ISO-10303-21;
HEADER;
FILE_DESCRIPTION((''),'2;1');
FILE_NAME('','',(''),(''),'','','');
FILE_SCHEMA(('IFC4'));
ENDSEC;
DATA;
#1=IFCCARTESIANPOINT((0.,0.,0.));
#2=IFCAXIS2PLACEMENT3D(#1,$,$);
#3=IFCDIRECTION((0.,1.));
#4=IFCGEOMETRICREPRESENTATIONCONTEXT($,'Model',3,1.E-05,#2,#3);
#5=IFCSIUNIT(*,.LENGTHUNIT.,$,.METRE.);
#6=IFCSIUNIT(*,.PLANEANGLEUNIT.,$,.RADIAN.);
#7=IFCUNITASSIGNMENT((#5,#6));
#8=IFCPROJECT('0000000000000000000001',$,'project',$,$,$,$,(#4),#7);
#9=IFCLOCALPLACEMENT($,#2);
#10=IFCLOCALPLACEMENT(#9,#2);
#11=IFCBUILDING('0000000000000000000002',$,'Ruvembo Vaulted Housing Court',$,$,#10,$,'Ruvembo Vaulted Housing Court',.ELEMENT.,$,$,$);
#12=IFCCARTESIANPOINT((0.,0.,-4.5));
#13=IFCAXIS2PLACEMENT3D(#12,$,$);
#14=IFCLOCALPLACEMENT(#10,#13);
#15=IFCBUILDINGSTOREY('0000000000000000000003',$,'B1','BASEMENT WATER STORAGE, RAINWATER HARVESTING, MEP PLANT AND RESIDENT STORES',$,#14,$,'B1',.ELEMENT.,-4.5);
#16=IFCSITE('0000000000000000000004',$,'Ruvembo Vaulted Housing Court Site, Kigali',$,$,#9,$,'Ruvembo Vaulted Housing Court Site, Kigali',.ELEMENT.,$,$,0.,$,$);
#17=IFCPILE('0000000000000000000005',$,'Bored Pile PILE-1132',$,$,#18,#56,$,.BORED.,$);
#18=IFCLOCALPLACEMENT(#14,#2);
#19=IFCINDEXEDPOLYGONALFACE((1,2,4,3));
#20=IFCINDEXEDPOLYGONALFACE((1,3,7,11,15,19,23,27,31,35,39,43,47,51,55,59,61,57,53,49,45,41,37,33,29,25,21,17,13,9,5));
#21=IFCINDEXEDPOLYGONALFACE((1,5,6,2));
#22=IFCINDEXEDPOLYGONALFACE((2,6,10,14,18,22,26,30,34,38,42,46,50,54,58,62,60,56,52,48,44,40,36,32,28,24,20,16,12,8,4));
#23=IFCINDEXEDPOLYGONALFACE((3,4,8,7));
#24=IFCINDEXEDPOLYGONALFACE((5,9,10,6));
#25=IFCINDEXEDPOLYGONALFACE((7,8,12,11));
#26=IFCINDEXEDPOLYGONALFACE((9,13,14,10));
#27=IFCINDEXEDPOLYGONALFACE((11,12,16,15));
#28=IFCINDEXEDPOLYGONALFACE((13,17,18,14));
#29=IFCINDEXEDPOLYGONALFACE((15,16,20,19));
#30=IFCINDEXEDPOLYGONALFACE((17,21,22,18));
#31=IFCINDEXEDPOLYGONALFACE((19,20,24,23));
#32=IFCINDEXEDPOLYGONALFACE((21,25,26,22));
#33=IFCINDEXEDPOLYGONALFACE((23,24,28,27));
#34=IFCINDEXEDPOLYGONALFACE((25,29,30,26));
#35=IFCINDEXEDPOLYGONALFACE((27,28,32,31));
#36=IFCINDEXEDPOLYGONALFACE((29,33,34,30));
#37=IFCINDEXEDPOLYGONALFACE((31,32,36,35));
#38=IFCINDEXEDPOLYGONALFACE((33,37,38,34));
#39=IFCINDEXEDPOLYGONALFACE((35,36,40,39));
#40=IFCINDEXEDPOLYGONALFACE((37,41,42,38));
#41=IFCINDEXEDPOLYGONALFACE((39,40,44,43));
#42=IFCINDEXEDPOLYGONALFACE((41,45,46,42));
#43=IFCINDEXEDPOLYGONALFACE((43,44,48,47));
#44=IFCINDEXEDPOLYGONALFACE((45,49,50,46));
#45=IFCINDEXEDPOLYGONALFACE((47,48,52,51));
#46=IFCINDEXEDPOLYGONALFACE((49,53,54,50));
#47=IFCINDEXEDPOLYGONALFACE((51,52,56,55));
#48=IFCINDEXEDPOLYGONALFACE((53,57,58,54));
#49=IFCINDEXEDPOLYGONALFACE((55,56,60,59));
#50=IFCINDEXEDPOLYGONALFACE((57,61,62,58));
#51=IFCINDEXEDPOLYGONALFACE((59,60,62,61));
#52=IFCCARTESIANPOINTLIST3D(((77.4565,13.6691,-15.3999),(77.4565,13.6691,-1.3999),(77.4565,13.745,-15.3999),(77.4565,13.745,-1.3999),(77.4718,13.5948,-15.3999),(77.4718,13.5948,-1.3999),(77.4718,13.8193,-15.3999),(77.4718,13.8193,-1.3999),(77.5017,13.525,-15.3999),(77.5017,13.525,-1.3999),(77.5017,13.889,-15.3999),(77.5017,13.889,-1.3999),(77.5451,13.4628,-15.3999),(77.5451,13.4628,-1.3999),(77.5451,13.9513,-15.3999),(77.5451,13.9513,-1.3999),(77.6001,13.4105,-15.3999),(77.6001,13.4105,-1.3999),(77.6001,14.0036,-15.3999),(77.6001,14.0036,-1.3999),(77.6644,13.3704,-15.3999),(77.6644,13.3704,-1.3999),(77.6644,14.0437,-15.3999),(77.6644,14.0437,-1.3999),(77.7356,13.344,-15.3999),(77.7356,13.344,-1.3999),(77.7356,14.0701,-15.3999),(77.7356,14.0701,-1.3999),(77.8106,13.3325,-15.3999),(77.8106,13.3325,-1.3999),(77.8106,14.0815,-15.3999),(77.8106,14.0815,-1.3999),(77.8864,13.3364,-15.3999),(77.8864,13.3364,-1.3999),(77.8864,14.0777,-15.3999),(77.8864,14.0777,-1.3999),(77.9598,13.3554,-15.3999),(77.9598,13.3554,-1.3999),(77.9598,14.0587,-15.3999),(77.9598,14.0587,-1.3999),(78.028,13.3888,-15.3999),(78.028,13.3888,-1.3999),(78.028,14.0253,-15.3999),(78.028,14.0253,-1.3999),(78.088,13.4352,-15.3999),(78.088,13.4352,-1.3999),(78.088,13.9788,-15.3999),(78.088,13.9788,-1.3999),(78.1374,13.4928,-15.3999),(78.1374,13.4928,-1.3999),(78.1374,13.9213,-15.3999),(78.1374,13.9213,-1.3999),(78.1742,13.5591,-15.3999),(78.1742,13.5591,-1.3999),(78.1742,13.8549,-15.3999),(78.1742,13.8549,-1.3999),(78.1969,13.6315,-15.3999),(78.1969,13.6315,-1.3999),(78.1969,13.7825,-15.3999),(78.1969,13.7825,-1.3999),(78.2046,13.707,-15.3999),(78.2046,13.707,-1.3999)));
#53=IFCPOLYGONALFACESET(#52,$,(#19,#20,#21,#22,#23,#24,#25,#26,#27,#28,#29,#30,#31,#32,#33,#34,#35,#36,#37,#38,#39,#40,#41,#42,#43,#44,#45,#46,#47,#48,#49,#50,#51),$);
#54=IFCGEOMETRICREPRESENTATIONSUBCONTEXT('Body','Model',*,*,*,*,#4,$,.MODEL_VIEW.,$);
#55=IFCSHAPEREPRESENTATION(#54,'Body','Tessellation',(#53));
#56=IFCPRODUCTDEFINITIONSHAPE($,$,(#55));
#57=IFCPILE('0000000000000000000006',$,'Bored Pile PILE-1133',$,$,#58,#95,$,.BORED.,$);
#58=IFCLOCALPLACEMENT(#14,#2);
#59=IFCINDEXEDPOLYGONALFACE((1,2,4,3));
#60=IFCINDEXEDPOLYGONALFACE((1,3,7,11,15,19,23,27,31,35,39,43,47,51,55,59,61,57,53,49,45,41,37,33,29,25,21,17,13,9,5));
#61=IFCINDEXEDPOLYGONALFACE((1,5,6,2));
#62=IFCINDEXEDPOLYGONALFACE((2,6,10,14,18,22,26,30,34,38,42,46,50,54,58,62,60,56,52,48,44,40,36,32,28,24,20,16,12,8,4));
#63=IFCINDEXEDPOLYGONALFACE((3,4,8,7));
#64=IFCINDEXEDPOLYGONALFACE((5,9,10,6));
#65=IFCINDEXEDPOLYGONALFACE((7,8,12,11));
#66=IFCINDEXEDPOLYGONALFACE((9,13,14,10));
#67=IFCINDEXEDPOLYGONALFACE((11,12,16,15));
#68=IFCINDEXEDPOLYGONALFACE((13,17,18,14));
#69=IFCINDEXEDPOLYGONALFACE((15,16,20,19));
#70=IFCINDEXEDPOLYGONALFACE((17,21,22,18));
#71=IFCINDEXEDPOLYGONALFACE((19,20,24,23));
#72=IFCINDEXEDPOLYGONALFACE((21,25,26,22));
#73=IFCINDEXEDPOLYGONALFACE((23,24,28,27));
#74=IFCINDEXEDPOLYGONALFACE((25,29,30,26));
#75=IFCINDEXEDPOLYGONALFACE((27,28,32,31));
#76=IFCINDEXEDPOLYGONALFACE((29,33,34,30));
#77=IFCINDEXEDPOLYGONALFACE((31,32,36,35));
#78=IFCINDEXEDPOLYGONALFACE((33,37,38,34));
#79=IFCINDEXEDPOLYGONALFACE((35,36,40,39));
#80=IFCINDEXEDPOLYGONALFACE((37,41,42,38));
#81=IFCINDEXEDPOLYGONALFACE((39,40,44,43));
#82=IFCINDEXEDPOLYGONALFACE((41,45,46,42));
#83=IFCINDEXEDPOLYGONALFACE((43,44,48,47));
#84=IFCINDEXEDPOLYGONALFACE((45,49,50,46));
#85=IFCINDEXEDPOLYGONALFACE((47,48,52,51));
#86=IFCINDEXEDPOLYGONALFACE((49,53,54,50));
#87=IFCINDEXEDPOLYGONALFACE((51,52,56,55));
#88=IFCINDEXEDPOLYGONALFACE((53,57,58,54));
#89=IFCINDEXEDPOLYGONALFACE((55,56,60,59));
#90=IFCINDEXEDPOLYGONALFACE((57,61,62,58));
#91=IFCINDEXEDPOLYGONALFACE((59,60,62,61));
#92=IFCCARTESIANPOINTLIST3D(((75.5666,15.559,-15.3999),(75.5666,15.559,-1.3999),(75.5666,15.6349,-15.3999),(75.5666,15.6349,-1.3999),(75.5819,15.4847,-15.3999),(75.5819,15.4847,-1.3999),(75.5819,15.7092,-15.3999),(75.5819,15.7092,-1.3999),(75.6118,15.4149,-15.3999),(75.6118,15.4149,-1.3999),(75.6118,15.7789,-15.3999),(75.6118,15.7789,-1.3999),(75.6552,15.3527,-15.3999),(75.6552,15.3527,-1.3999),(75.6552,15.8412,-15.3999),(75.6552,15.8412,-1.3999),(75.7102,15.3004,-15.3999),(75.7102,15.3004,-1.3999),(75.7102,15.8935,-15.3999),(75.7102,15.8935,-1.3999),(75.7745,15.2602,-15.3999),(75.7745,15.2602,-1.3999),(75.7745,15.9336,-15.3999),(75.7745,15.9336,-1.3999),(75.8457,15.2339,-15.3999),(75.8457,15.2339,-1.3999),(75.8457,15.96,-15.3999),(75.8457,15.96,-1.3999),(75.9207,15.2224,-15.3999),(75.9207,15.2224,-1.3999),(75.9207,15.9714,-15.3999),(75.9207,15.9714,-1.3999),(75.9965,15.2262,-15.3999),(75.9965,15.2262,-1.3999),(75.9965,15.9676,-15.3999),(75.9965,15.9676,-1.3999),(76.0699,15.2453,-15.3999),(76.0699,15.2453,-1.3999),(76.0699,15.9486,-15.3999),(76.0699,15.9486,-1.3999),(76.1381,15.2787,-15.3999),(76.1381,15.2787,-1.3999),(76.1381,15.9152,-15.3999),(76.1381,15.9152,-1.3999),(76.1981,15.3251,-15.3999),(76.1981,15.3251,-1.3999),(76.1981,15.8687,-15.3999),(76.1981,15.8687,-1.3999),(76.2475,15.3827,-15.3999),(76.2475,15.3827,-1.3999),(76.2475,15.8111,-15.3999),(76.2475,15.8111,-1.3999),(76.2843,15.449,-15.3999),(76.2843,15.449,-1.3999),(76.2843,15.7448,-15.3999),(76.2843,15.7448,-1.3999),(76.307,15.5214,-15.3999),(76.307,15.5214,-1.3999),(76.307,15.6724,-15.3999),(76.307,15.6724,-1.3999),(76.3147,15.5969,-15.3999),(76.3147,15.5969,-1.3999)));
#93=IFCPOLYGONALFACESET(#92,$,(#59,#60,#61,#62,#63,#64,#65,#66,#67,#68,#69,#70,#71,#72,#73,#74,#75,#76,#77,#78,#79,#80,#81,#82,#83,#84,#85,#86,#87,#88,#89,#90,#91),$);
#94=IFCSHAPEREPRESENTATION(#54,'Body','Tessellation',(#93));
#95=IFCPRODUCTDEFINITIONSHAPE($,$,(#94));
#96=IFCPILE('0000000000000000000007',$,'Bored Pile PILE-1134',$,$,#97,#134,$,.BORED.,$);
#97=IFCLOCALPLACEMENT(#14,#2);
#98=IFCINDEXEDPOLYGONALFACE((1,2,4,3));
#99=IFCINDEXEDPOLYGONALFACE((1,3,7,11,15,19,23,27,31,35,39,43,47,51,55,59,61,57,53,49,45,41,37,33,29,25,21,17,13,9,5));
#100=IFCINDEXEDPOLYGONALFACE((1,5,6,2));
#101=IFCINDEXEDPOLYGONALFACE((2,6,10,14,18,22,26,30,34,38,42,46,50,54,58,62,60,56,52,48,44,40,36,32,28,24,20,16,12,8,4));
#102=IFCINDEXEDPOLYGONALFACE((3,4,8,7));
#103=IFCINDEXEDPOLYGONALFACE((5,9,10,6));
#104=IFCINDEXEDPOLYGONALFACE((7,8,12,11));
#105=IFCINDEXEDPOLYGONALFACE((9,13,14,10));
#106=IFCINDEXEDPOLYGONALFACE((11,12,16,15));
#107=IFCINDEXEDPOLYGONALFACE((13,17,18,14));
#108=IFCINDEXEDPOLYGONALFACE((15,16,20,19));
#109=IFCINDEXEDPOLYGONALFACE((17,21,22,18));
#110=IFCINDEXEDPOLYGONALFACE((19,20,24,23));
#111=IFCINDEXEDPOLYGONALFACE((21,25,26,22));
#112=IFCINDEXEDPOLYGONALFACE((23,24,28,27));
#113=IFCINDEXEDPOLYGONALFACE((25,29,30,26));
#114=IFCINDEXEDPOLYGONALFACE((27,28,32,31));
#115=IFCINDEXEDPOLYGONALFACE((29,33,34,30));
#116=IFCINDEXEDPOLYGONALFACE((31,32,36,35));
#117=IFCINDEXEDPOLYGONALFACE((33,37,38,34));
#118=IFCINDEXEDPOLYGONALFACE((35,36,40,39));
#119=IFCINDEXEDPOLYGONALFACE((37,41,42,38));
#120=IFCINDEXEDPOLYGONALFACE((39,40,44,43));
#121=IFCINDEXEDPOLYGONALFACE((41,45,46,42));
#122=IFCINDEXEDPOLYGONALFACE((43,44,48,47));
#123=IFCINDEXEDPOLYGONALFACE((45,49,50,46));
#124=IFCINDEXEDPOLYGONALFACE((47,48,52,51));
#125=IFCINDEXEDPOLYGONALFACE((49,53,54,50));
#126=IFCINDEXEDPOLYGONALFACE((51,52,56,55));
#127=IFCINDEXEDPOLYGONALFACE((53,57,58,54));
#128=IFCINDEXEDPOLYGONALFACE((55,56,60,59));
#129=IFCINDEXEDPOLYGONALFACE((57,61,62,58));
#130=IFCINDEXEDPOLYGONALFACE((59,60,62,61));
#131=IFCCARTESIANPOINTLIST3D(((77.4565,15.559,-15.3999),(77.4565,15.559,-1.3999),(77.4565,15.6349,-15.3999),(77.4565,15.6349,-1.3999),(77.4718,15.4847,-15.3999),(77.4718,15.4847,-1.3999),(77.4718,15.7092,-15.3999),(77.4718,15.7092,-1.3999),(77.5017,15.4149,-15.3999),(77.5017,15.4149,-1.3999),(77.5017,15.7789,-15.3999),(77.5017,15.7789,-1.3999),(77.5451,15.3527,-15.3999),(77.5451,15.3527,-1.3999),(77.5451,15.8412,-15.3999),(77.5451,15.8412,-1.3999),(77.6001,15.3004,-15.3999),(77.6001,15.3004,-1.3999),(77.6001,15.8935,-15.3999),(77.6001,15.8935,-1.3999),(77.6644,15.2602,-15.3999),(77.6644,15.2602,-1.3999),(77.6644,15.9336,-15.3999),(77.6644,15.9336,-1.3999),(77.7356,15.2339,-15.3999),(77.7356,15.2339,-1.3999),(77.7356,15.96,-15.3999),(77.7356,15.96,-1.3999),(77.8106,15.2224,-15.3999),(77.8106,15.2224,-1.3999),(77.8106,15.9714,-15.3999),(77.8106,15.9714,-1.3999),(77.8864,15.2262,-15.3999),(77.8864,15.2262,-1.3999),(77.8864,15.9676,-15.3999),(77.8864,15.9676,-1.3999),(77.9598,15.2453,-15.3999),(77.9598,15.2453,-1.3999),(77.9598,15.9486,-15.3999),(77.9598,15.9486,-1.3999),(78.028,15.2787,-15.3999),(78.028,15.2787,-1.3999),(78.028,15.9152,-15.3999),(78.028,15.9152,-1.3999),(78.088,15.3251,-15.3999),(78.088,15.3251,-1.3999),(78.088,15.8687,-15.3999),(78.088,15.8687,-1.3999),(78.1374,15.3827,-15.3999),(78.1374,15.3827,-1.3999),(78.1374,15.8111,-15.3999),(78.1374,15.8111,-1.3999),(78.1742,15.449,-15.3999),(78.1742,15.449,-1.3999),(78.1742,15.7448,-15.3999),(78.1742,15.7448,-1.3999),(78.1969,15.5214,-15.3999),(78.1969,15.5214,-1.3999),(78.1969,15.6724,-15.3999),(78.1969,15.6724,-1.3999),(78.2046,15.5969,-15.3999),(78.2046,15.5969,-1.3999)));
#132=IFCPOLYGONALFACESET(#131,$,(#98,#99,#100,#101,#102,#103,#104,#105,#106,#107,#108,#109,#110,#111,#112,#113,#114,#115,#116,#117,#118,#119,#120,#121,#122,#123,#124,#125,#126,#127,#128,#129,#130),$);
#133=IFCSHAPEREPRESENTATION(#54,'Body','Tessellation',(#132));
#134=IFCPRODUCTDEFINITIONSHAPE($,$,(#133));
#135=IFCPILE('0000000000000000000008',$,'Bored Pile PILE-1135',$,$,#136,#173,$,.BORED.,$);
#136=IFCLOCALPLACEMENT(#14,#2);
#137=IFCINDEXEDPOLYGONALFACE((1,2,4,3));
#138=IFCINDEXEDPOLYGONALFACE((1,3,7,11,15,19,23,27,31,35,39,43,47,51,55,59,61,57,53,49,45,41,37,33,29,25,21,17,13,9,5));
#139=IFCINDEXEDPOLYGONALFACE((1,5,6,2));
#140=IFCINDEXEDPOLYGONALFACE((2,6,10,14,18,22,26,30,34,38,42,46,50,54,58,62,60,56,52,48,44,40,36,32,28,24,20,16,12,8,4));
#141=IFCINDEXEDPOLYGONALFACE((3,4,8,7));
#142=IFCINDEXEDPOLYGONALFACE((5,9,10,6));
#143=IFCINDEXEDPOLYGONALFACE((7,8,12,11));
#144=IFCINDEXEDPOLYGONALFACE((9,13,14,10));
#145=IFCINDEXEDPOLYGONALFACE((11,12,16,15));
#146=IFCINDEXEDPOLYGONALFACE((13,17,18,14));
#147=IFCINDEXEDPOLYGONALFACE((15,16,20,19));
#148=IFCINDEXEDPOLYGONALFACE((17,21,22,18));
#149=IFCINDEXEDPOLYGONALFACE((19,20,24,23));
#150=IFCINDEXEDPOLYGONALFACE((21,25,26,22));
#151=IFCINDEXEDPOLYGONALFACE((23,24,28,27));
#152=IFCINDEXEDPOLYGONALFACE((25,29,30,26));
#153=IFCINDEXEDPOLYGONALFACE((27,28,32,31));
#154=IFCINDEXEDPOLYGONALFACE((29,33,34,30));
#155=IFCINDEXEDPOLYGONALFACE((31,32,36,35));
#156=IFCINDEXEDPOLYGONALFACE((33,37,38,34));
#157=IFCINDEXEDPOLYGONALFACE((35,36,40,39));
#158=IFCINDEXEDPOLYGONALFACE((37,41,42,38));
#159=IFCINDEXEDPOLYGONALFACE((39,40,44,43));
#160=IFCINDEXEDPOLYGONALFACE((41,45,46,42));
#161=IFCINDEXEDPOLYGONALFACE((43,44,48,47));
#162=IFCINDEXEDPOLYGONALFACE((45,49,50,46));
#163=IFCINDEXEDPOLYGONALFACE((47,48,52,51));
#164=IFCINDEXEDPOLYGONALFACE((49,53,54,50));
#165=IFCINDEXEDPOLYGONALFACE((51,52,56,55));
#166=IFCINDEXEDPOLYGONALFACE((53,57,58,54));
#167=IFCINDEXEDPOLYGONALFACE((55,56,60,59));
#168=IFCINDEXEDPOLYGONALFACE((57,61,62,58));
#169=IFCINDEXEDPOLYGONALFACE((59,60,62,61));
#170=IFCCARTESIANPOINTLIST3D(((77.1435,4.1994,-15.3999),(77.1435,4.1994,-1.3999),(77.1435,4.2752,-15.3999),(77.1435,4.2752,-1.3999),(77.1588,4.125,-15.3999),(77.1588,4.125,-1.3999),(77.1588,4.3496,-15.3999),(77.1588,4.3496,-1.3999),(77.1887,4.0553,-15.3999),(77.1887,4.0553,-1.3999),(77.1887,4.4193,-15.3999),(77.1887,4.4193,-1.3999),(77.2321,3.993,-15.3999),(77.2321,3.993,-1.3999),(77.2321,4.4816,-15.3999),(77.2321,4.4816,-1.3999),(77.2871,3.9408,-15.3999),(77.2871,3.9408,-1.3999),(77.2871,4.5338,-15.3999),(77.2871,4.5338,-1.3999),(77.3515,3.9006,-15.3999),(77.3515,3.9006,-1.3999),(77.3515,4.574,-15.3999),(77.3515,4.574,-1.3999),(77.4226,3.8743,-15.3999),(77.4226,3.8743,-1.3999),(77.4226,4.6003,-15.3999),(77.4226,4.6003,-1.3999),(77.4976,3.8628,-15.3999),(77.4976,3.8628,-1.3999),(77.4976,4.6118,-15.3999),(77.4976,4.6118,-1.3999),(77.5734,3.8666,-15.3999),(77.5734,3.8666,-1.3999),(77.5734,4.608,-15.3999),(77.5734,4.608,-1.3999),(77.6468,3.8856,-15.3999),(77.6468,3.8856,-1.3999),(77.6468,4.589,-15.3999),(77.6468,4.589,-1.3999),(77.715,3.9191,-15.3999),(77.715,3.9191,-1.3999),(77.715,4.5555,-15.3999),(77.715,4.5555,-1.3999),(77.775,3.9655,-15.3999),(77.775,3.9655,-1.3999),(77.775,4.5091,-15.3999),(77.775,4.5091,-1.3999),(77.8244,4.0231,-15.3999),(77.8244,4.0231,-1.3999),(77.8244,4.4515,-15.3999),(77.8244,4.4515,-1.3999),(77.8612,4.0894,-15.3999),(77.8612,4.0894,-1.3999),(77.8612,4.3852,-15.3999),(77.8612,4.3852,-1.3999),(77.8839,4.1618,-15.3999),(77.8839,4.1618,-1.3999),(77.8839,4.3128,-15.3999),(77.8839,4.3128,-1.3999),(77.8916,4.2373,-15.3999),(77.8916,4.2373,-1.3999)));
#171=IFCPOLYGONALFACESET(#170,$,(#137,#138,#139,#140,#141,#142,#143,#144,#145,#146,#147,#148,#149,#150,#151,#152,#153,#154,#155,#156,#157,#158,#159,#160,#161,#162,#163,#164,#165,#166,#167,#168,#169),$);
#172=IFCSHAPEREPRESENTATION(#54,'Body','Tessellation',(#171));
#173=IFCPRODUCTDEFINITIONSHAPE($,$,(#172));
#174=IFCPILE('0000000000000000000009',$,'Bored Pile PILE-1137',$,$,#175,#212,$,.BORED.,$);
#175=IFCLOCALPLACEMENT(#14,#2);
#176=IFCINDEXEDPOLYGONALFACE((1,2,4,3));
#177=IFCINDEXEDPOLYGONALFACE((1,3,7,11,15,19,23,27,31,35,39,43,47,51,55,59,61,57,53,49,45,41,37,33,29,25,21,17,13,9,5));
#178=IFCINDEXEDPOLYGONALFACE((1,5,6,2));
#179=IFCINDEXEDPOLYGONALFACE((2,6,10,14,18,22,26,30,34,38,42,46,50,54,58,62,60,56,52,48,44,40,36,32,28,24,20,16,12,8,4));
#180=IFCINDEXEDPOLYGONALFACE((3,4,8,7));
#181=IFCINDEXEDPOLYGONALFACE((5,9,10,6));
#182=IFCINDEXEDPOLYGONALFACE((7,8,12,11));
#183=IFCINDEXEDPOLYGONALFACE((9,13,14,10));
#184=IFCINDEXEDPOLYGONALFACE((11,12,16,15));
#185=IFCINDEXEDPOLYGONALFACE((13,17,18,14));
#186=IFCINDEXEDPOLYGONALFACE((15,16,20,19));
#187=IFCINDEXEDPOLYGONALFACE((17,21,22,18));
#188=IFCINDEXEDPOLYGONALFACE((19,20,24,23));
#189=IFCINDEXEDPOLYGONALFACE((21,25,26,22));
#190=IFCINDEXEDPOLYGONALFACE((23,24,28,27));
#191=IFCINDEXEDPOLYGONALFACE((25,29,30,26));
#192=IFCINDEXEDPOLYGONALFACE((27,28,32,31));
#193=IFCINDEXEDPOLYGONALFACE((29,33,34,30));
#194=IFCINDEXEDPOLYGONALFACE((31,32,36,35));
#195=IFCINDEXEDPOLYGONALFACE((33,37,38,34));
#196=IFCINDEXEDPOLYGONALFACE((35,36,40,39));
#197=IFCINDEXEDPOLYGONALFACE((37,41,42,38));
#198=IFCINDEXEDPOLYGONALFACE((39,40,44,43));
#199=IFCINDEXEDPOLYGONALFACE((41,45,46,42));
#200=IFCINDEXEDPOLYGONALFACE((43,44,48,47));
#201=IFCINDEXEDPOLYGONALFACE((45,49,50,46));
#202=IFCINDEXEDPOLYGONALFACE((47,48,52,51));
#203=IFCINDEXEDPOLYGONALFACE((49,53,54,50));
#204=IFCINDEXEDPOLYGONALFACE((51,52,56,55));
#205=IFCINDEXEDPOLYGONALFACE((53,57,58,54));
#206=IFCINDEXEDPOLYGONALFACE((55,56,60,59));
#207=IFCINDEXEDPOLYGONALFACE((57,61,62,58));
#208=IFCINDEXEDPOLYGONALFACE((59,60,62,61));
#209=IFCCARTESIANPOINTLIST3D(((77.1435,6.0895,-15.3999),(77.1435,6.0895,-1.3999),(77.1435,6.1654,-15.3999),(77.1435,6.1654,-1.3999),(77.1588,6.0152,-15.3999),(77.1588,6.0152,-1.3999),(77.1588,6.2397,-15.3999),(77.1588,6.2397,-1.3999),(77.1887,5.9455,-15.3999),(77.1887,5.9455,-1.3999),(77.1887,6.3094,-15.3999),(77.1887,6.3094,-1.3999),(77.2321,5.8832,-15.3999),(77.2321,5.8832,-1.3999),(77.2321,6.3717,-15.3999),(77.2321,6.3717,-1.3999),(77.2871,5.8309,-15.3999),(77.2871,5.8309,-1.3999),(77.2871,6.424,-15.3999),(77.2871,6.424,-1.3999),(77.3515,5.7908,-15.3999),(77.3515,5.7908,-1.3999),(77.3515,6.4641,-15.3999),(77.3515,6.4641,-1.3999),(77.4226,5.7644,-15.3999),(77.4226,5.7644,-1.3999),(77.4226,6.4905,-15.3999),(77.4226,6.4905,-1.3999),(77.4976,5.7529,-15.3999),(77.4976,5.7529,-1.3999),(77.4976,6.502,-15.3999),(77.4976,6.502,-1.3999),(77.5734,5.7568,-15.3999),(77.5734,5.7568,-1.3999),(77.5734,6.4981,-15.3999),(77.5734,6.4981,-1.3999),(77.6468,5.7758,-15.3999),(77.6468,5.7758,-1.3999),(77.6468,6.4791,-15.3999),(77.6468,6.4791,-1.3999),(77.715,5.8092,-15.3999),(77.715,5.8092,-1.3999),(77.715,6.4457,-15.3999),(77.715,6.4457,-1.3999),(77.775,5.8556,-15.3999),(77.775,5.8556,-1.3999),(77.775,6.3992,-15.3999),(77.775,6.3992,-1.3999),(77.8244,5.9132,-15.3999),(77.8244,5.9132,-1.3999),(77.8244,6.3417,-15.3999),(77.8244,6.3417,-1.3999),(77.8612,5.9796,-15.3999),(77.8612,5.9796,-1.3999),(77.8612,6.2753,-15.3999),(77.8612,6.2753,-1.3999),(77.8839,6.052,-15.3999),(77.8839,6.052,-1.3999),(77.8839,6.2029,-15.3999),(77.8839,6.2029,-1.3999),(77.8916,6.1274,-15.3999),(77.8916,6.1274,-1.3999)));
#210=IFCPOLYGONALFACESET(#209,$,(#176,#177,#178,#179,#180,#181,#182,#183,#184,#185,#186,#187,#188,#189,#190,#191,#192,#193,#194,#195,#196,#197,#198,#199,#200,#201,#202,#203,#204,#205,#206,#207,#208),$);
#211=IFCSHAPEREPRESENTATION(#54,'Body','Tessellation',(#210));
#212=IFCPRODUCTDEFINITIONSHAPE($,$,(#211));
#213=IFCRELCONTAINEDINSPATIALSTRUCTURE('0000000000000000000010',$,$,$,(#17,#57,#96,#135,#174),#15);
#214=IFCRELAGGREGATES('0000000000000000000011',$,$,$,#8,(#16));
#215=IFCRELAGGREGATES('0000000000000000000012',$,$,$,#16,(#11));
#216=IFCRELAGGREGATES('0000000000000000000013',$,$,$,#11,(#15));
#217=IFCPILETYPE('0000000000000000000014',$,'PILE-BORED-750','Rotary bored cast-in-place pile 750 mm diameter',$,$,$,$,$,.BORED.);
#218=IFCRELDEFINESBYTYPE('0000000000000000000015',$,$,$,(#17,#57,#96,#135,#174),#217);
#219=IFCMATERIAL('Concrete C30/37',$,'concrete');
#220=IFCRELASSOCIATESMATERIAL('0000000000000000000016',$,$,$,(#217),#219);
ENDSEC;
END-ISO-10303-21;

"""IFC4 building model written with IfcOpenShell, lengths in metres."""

from ifc_helpers import new_model, si_unit, direction, frame, origin, origin_2d, place, context, subcontext, project, spatial, circle, extrude, material, material_profile, profile_set, type_object, element, save


model = new_model("IFC4")

# Units and contexts
model_context = context("Model", 3, precision=1e-05, world=origin(), true_north=direction((0.0, 1.0)))
body_context = subcontext(model_context, "Body", "Model", "MODEL_VIEW")
ifc_project = project(units=[si_unit("LENGTHUNIT", "METRE"), si_unit("PLANEANGLEUNIT", "RADIAN")], contexts=[model_context])

# Site, building, storey
site_placement = place(None, origin())
site = spatial("IfcSite", under=ifc_project, at=site_placement, Name="Ruvembo Vaulted Housing Court Site, Kigali", LongName="Ruvembo Vaulted Housing Court Site, Kigali", CompositionType="ELEMENT", RefElevation=0.0)
building_placement = place(site_placement, origin())
building = spatial("IfcBuilding", under=site, at=building_placement, Name="Ruvembo Vaulted Housing Court", LongName="Ruvembo Vaulted Housing Court", CompositionType="ELEMENT")
storey_placement = place(building_placement, frame((0.0, 0.0, -4.5)))
storey = spatial("IfcBuildingStorey", under=building, at=storey_placement, Name="B1", Description="BASEMENT WATER STORAGE, RAINWATER HARVESTING, MEP PLANT AND RESIDENT STORES", LongName="B1", CompositionType="ELEMENT", Elevation=-4.5)

# Piles
ifc_material_1 = material(Name="Concrete C30/37", Category="concrete")
ifc_material_profile_1 = material_profile(ifc_material_1, circle(Radius=0.375, at=origin_2d()), Name="PILE D750")
ifc_profile_set_1 = profile_set([ifc_material_profile_1], Name="Concrete C30/37")
pile_type = type_object("IfcPileType", Name="PILE-BORED-750", Description="Rotary bored cast-in-place pile 750 mm diameter", PredefinedType="BORED", material=ifc_profile_set_1)
for number, where, z_axis, x_axis, name in (
    (1, (77.8296, 13.707, -1.3999), (0.0, 0.0, -1.0), (1.0, 0.0, 0.0), "Bored Pile PILE-1132"),
    (2, (75.9397, 15.5969, -1.3999), (0.0, 0.0, -1.0), (1.0, 0.0, 0.0), "Bored Pile PILE-1133"),
    (3, (77.8296, 15.5969, -1.3999), (0.0, 0.0, -1.0), (1.0, 0.0, 0.0), "Bored Pile PILE-1134"),
    (4, (77.5166, 4.2373, -1.3999), (0.0, 0.0, -1.0), (1.0, 0.0, 0.0), "Bored Pile PILE-1135"),
    (5, (77.5166, 6.1274, -1.3999), (0.0, 0.0, -1.0), (1.0, 0.0, 0.0), "Bored Pile PILE-1137"),
):
    element("IfcPile", number, at=place(storey_placement, frame(where, z_axis=z_axis, x_axis=x_axis)), inside=storey, type_object=pile_type, Name=name, PredefinedType="BORED", context=body_context, shape_type="SweptSolid", body=[
        extrude(circle(Radius=0.375, at=origin_2d()), origin(), (0.0, 0.0, 1.0), 14.0),
    ])

save(model, "model.ifc")
